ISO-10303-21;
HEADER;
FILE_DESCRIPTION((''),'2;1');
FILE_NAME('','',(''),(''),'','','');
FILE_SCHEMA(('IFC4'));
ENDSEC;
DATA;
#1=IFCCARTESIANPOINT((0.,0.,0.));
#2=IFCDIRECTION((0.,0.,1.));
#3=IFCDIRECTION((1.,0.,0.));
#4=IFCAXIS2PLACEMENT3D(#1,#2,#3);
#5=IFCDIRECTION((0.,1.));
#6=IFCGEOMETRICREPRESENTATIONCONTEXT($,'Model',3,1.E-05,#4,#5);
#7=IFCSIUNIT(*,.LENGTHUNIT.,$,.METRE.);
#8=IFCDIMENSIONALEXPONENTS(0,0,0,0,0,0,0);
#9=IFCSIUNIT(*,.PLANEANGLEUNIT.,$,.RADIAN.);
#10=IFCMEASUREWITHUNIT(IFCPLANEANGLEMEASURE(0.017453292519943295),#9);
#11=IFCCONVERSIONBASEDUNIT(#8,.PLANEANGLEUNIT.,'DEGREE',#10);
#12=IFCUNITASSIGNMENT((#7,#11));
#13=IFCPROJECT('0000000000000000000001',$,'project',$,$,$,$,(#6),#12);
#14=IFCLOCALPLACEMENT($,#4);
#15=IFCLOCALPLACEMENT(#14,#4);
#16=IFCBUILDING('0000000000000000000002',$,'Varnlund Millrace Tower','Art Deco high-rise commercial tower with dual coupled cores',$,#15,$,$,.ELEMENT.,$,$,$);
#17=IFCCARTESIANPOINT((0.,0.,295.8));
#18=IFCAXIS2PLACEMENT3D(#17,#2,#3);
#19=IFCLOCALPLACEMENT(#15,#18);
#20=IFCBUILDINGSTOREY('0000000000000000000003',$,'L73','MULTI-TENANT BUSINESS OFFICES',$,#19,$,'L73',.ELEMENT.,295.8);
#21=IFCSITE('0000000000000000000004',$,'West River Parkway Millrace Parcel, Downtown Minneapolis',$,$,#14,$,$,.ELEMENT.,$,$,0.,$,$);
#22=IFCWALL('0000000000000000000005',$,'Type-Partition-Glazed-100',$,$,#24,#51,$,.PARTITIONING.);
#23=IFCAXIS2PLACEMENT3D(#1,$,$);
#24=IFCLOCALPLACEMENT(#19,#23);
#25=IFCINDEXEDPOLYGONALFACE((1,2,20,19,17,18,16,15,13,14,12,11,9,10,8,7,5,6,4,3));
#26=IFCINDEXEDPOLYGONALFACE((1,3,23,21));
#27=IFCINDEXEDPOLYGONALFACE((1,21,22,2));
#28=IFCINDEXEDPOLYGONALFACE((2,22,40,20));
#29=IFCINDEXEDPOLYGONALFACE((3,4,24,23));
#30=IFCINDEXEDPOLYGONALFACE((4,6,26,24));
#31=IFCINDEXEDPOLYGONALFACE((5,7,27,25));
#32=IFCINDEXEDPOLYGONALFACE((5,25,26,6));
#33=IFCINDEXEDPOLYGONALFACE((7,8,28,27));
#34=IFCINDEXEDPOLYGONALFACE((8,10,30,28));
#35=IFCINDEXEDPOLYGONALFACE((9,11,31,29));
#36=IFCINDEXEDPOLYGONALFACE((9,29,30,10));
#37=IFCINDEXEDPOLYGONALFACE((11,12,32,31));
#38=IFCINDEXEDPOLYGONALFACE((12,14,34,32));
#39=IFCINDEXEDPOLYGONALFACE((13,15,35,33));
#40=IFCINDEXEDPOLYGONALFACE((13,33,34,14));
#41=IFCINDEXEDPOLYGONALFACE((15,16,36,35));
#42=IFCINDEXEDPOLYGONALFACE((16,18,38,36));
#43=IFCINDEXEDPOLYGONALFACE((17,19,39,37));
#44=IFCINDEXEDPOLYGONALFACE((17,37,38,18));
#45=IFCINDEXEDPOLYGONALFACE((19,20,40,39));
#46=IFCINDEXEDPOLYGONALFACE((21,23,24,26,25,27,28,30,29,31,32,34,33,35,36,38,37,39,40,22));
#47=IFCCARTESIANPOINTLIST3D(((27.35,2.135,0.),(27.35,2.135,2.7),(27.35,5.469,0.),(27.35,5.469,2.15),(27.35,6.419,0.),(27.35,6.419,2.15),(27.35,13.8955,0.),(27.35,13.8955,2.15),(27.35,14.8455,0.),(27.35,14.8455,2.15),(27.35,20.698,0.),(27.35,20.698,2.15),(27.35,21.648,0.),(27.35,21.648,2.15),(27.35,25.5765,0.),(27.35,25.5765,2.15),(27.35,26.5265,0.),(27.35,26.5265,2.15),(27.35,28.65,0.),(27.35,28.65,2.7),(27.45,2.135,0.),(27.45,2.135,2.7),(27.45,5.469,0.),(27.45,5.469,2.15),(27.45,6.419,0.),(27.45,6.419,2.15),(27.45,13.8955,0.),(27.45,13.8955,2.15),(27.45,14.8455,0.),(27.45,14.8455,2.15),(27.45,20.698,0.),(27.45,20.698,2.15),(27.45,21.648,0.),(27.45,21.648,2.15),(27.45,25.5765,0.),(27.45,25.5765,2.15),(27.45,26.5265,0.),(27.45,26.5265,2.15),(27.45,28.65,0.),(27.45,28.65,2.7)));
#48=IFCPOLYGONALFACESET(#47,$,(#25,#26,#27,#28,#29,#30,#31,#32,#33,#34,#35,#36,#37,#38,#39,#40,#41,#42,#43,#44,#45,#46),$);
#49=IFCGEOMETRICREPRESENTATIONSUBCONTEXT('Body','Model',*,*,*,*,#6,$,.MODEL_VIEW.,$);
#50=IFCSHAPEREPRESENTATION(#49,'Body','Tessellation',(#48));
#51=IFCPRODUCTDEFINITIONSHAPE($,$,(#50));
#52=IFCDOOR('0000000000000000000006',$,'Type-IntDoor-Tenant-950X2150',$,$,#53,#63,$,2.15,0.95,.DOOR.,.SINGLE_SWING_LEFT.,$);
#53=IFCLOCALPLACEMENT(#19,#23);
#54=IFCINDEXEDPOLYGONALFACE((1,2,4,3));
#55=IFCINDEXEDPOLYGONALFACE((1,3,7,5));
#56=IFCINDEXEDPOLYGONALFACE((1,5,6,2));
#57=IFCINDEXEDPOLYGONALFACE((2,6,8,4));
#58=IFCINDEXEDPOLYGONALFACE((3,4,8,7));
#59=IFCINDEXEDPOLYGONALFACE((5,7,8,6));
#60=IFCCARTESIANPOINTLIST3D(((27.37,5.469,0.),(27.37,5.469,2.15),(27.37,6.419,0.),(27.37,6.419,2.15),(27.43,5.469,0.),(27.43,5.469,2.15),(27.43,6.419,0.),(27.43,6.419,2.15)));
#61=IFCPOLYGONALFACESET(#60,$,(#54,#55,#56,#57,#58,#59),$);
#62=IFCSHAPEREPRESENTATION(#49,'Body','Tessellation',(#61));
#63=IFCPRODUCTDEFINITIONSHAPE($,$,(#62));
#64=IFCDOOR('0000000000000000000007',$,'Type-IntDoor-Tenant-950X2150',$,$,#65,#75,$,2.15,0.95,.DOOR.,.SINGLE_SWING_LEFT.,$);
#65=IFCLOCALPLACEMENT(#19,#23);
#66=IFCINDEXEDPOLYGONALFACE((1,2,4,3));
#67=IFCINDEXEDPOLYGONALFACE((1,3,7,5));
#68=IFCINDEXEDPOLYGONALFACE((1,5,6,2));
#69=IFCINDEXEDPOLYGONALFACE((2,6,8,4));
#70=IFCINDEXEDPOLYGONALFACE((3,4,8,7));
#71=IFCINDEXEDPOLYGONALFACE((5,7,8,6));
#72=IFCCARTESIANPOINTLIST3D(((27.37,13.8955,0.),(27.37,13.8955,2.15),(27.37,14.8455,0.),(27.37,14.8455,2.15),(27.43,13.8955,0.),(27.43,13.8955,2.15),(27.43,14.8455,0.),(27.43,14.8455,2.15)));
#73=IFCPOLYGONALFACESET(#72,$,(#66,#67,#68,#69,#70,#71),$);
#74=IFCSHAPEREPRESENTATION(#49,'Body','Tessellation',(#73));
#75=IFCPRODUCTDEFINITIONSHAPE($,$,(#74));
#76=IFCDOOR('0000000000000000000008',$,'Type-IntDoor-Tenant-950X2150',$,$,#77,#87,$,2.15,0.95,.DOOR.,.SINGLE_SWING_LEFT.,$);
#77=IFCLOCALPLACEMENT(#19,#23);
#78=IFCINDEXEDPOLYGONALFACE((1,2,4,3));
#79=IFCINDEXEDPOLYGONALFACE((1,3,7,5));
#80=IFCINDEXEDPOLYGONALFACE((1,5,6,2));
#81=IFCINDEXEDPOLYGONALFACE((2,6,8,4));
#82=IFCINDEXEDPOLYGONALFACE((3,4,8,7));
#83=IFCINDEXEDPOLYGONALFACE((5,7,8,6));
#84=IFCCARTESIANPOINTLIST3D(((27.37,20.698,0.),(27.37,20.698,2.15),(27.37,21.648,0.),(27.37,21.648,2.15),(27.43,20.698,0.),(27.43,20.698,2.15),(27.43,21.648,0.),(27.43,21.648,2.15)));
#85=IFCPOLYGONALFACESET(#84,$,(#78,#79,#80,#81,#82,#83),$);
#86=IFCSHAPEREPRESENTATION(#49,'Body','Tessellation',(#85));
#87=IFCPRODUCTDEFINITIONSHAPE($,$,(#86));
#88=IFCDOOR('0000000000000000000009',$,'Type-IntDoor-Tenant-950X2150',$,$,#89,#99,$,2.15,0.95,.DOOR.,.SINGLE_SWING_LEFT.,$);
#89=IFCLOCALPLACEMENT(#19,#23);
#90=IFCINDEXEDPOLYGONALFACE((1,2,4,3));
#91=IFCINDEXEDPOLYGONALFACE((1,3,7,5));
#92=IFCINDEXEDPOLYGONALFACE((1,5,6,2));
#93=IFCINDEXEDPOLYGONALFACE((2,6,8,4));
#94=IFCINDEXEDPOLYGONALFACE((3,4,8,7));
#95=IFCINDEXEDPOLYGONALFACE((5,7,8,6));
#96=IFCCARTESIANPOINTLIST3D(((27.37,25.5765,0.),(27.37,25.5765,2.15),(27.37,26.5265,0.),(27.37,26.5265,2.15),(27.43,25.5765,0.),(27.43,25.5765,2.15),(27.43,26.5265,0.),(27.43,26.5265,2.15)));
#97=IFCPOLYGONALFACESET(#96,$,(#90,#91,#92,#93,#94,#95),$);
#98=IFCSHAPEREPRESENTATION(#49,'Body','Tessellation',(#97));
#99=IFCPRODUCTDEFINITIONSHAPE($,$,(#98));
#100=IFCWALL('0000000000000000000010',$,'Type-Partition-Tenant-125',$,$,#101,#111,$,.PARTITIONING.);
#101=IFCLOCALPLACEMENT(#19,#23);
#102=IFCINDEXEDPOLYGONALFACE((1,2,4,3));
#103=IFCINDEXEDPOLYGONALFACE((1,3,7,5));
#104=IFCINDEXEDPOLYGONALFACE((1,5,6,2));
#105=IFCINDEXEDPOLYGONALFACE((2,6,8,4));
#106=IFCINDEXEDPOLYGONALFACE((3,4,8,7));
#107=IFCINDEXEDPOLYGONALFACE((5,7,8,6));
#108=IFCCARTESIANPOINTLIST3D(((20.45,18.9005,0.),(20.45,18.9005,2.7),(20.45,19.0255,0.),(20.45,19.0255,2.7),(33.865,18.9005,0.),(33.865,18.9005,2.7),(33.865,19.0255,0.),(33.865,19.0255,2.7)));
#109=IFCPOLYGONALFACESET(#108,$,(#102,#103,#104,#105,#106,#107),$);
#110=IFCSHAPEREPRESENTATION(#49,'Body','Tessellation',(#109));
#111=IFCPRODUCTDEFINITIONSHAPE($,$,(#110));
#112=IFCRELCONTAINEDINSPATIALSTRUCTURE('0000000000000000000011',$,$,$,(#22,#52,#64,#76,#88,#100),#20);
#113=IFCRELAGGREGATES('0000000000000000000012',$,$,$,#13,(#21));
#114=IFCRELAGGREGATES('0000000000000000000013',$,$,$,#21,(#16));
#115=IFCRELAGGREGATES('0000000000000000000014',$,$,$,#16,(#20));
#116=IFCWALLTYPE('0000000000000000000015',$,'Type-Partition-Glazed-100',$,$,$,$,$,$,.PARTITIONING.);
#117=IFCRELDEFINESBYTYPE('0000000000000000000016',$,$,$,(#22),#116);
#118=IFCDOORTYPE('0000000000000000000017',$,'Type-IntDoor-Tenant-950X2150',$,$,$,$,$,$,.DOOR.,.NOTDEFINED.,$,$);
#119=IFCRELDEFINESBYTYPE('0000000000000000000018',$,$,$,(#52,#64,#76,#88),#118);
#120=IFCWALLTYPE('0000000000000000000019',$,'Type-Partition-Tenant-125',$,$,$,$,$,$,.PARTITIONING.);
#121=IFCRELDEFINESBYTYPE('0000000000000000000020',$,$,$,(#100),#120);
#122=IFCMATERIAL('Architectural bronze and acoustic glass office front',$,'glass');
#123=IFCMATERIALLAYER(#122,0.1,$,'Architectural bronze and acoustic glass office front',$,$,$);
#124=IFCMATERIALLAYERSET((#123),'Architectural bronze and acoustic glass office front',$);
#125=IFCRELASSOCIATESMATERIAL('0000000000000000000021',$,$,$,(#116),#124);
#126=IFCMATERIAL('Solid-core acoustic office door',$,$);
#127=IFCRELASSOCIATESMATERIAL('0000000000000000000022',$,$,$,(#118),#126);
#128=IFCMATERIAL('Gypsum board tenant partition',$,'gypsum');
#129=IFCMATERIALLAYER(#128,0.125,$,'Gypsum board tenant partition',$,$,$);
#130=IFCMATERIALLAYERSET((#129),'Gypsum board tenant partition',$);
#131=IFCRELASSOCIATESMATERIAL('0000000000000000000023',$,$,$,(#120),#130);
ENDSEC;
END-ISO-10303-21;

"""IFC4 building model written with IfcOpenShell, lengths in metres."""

from ifc_helpers import new_model, entity, si_unit, converted_unit, direction, frame, origin_with_axes, origin_2d_with_axis, place, context, subcontext, project, spatial, polyline, rectangle, outline, extrude, material, layer, layer_set, type_object, element, fill, save


model = new_model("IFC4")

# Units and contexts
model_context = context("Model", 3, precision=1e-05, world=origin_with_axes(), true_north=direction((0.0, 1.0)))
body_context = subcontext(model_context, "Body", "Model", "MODEL_VIEW")
ifc_project = project(units=[si_unit("LENGTHUNIT", "METRE"), converted_unit("PLANEANGLEUNIT", "DEGREE", entity("IfcPlaneAngleMeasure", 0.017453292519943295), si_unit("PLANEANGLEUNIT", "RADIAN"), dimensions=[0, 0, 0, 0, 0, 0, 0])], contexts=[model_context])

# Site, building, storey
site_placement = place(None, origin_with_axes())
site = spatial("IfcSite", under=ifc_project, at=site_placement, Name="West River Parkway Millrace Parcel, Downtown Minneapolis", CompositionType="ELEMENT", RefElevation=0.0)
building_placement = place(site_placement, origin_with_axes())
building = spatial("IfcBuilding", under=site, at=building_placement, Name="Varnlund Millrace Tower", Description="Art Deco high-rise commercial tower with dual coupled cores", CompositionType="ELEMENT")
storey_placement = place(building_placement, frame((0.0, 0.0, 295.8), z_axis=(0.0, 0.0, 1.0), x_axis=(1.0, 0.0, 0.0)))
storey = spatial("IfcBuildingStorey", under=building, at=storey_placement, Name="L73", Description="MULTI-TENANT BUSINESS OFFICES", LongName="L73", CompositionType="ELEMENT", Elevation=295.8)

# Wall, openings, doors
ifc_material_1 = material(Name="Architectural bronze and acoustic glass office front", Category="glass")
ifc_layer_1 = layer(ifc_material_1, 0.1, Name="Architectural bronze and acoustic glass office front")
ifc_layer_set_1 = layer_set([ifc_layer_1], Name="Architectural bronze and acoustic glass office front")
wall_type_1 = type_object("IfcWallType", Name="Type-Partition-Glazed-100", PredefinedType="PARTITIONING", material=ifc_layer_set_1)
wall_1_placement = place(storey_placement, frame((27.4, 2.135, 0.0), z_axis=(0.0, 0.0, 1.0), x_axis=(0.0, 1.0, 0.0)))
wall_1 = element("IfcWall", 1, at=wall_1_placement, inside=storey, type_object=wall_type_1, Name="Type-Partition-Glazed-100", PredefinedType="PARTITIONING", context=body_context, shape_type="SweptSolid", body=[
    extrude(outline(polyline([(0.0, -0.05), (26.515, -0.05), (26.515, 0.05), (0.0, 0.05), (0.0, -0.05)])), origin_with_axes(), (0.0, 0.0, 1.0), 2.7),
])
opening_1_placement = place(wall_1_placement, frame((3.809, 0.0, 0.0), z_axis=(0.0, 0.0, 1.0), x_axis=(1.0, 0.0, 0.0)))
opening_1 = element("IfcOpeningElement", 2, at=opening_1_placement, cuts=wall_1, PredefinedType="OPENING", context=body_context, shape_type="SweptSolid", body=[
    extrude(rectangle(XDim=0.95, YDim=0.12, at=origin_2d_with_axis()), origin_with_axes(), (0.0, 0.0, 1.0), 2.15),
])
opening_2_placement = place(wall_1_placement, frame((12.2355, 0.0, 0.0), z_axis=(0.0, 0.0, 1.0), x_axis=(1.0, 0.0, 0.0)))
opening_2 = element("IfcOpeningElement", 3, at=opening_2_placement, cuts=wall_1, PredefinedType="OPENING", context=body_context, shape_type="SweptSolid", body=[
    extrude(rectangle(XDim=0.95, YDim=0.12, at=origin_2d_with_axis()), origin_with_axes(), (0.0, 0.0, 1.0), 2.15),
])
opening_3_placement = place(wall_1_placement, frame((19.038, 0.0, 0.0), z_axis=(0.0, 0.0, 1.0), x_axis=(1.0, 0.0, 0.0)))
opening_3 = element("IfcOpeningElement", 4, at=opening_3_placement, cuts=wall_1, PredefinedType="OPENING", context=body_context, shape_type="SweptSolid", body=[
    extrude(rectangle(XDim=0.95, YDim=0.12, at=origin_2d_with_axis()), origin_with_axes(), (0.0, 0.0, 1.0), 2.15),
])
opening_4_placement = place(wall_1_placement, frame((23.9165, 0.0, 0.0), z_axis=(0.0, 0.0, 1.0), x_axis=(1.0, 0.0, 0.0)))
opening_4 = element("IfcOpeningElement", 5, at=opening_4_placement, cuts=wall_1, PredefinedType="OPENING", context=body_context, shape_type="SweptSolid", body=[
    extrude(rectangle(XDim=0.95, YDim=0.12, at=origin_2d_with_axis()), origin_with_axes(), (0.0, 0.0, 1.0), 2.15),
])
ifc_material_2 = material(Name="Solid-core acoustic office door")
door_type = type_object("IfcDoorType", Name="Type-IntDoor-Tenant-950X2150", OperationType="NOTDEFINED", PredefinedType="DOOR", material=ifc_material_2)
door_1_placement = place(wall_1_placement, frame((3.809, 0.0, 0.0), z_axis=(0.0, 0.0, 1.0), x_axis=(1.0, 0.0, 0.0)))
door_1 = element("IfcDoor", 6, at=door_1_placement, inside=storey, type_object=door_type, Name="Type-IntDoor-Tenant-950X2150", OperationType="SINGLE_SWING_LEFT", OverallHeight=2.15, OverallWidth=0.95, PredefinedType="DOOR", context=body_context, shape_type="SweptSolid", body=[
    extrude(rectangle(XDim=0.95, YDim=0.06, at=origin_2d_with_axis()), origin_with_axes(), (0.0, 0.0, 1.0), 2.15),
])
fill(opening_1, door_1)
door_2_placement = place(wall_1_placement, frame((12.2355, 0.0, 0.0), z_axis=(0.0, 0.0, 1.0), x_axis=(1.0, 0.0, 0.0)))
door_2 = element("IfcDoor", 7, at=door_2_placement, inside=storey, type_object=door_type, Name="Type-IntDoor-Tenant-950X2150", OperationType="SINGLE_SWING_LEFT", OverallHeight=2.15, OverallWidth=0.95, PredefinedType="DOOR", context=body_context, shape_type="SweptSolid", body=[
    extrude(rectangle(XDim=0.95, YDim=0.06, at=origin_2d_with_axis()), origin_with_axes(), (0.0, 0.0, 1.0), 2.15),
])
fill(opening_2, door_2)
door_3_placement = place(wall_1_placement, frame((19.038, 0.0, 0.0), z_axis=(0.0, 0.0, 1.0), x_axis=(1.0, 0.0, 0.0)))
door_3 = element("IfcDoor", 8, at=door_3_placement, inside=storey, type_object=door_type, Name="Type-IntDoor-Tenant-950X2150", OperationType="SINGLE_SWING_LEFT", OverallHeight=2.15, OverallWidth=0.95, PredefinedType="DOOR", context=body_context, shape_type="SweptSolid", body=[
    extrude(rectangle(XDim=0.95, YDim=0.06, at=origin_2d_with_axis()), origin_with_axes(), (0.0, 0.0, 1.0), 2.15),
])
fill(opening_3, door_3)
door_4_placement = place(wall_1_placement, frame((23.9165, 0.0, 0.0), z_axis=(0.0, 0.0, 1.0), x_axis=(1.0, 0.0, 0.0)))
door_4 = element("IfcDoor", 9, at=door_4_placement, inside=storey, type_object=door_type, Name="Type-IntDoor-Tenant-950X2150", OperationType="SINGLE_SWING_LEFT", OverallHeight=2.15, OverallWidth=0.95, PredefinedType="DOOR", context=body_context, shape_type="SweptSolid", body=[
    extrude(rectangle(XDim=0.95, YDim=0.06, at=origin_2d_with_axis()), origin_with_axes(), (0.0, 0.0, 1.0), 2.15),
])
fill(opening_4, door_4)

# Wall
ifc_material_3 = material(Name="Gypsum board tenant partition", Category="gypsum")
ifc_layer_2 = layer(ifc_material_3, 0.125, Name="Gypsum board tenant partition")
ifc_layer_set_2 = layer_set([ifc_layer_2], Name="Gypsum board tenant partition")
wall_type_2 = type_object("IfcWallType", Name="Type-Partition-Tenant-125", PredefinedType="PARTITIONING", material=ifc_layer_set_2)
wall_2_placement = place(storey_placement, frame((20.45, 18.963, 0.0), z_axis=(0.0, 0.0, 1.0), x_axis=(1.0, 0.0, 0.0)))
element("IfcWall", 10, at=wall_2_placement, inside=storey, type_object=wall_type_2, Name="Type-Partition-Tenant-125", PredefinedType="PARTITIONING", context=body_context, shape_type="SweptSolid", body=[
    extrude(outline(polyline([(0.0, -0.0625), (13.415, -0.0625), (13.415, 0.0625), (0.0, 0.0625), (0.0, -0.0625)])), origin_with_axes(), (0.0, 0.0, 1.0), 2.7),
])

save(model, "model.ifc")
